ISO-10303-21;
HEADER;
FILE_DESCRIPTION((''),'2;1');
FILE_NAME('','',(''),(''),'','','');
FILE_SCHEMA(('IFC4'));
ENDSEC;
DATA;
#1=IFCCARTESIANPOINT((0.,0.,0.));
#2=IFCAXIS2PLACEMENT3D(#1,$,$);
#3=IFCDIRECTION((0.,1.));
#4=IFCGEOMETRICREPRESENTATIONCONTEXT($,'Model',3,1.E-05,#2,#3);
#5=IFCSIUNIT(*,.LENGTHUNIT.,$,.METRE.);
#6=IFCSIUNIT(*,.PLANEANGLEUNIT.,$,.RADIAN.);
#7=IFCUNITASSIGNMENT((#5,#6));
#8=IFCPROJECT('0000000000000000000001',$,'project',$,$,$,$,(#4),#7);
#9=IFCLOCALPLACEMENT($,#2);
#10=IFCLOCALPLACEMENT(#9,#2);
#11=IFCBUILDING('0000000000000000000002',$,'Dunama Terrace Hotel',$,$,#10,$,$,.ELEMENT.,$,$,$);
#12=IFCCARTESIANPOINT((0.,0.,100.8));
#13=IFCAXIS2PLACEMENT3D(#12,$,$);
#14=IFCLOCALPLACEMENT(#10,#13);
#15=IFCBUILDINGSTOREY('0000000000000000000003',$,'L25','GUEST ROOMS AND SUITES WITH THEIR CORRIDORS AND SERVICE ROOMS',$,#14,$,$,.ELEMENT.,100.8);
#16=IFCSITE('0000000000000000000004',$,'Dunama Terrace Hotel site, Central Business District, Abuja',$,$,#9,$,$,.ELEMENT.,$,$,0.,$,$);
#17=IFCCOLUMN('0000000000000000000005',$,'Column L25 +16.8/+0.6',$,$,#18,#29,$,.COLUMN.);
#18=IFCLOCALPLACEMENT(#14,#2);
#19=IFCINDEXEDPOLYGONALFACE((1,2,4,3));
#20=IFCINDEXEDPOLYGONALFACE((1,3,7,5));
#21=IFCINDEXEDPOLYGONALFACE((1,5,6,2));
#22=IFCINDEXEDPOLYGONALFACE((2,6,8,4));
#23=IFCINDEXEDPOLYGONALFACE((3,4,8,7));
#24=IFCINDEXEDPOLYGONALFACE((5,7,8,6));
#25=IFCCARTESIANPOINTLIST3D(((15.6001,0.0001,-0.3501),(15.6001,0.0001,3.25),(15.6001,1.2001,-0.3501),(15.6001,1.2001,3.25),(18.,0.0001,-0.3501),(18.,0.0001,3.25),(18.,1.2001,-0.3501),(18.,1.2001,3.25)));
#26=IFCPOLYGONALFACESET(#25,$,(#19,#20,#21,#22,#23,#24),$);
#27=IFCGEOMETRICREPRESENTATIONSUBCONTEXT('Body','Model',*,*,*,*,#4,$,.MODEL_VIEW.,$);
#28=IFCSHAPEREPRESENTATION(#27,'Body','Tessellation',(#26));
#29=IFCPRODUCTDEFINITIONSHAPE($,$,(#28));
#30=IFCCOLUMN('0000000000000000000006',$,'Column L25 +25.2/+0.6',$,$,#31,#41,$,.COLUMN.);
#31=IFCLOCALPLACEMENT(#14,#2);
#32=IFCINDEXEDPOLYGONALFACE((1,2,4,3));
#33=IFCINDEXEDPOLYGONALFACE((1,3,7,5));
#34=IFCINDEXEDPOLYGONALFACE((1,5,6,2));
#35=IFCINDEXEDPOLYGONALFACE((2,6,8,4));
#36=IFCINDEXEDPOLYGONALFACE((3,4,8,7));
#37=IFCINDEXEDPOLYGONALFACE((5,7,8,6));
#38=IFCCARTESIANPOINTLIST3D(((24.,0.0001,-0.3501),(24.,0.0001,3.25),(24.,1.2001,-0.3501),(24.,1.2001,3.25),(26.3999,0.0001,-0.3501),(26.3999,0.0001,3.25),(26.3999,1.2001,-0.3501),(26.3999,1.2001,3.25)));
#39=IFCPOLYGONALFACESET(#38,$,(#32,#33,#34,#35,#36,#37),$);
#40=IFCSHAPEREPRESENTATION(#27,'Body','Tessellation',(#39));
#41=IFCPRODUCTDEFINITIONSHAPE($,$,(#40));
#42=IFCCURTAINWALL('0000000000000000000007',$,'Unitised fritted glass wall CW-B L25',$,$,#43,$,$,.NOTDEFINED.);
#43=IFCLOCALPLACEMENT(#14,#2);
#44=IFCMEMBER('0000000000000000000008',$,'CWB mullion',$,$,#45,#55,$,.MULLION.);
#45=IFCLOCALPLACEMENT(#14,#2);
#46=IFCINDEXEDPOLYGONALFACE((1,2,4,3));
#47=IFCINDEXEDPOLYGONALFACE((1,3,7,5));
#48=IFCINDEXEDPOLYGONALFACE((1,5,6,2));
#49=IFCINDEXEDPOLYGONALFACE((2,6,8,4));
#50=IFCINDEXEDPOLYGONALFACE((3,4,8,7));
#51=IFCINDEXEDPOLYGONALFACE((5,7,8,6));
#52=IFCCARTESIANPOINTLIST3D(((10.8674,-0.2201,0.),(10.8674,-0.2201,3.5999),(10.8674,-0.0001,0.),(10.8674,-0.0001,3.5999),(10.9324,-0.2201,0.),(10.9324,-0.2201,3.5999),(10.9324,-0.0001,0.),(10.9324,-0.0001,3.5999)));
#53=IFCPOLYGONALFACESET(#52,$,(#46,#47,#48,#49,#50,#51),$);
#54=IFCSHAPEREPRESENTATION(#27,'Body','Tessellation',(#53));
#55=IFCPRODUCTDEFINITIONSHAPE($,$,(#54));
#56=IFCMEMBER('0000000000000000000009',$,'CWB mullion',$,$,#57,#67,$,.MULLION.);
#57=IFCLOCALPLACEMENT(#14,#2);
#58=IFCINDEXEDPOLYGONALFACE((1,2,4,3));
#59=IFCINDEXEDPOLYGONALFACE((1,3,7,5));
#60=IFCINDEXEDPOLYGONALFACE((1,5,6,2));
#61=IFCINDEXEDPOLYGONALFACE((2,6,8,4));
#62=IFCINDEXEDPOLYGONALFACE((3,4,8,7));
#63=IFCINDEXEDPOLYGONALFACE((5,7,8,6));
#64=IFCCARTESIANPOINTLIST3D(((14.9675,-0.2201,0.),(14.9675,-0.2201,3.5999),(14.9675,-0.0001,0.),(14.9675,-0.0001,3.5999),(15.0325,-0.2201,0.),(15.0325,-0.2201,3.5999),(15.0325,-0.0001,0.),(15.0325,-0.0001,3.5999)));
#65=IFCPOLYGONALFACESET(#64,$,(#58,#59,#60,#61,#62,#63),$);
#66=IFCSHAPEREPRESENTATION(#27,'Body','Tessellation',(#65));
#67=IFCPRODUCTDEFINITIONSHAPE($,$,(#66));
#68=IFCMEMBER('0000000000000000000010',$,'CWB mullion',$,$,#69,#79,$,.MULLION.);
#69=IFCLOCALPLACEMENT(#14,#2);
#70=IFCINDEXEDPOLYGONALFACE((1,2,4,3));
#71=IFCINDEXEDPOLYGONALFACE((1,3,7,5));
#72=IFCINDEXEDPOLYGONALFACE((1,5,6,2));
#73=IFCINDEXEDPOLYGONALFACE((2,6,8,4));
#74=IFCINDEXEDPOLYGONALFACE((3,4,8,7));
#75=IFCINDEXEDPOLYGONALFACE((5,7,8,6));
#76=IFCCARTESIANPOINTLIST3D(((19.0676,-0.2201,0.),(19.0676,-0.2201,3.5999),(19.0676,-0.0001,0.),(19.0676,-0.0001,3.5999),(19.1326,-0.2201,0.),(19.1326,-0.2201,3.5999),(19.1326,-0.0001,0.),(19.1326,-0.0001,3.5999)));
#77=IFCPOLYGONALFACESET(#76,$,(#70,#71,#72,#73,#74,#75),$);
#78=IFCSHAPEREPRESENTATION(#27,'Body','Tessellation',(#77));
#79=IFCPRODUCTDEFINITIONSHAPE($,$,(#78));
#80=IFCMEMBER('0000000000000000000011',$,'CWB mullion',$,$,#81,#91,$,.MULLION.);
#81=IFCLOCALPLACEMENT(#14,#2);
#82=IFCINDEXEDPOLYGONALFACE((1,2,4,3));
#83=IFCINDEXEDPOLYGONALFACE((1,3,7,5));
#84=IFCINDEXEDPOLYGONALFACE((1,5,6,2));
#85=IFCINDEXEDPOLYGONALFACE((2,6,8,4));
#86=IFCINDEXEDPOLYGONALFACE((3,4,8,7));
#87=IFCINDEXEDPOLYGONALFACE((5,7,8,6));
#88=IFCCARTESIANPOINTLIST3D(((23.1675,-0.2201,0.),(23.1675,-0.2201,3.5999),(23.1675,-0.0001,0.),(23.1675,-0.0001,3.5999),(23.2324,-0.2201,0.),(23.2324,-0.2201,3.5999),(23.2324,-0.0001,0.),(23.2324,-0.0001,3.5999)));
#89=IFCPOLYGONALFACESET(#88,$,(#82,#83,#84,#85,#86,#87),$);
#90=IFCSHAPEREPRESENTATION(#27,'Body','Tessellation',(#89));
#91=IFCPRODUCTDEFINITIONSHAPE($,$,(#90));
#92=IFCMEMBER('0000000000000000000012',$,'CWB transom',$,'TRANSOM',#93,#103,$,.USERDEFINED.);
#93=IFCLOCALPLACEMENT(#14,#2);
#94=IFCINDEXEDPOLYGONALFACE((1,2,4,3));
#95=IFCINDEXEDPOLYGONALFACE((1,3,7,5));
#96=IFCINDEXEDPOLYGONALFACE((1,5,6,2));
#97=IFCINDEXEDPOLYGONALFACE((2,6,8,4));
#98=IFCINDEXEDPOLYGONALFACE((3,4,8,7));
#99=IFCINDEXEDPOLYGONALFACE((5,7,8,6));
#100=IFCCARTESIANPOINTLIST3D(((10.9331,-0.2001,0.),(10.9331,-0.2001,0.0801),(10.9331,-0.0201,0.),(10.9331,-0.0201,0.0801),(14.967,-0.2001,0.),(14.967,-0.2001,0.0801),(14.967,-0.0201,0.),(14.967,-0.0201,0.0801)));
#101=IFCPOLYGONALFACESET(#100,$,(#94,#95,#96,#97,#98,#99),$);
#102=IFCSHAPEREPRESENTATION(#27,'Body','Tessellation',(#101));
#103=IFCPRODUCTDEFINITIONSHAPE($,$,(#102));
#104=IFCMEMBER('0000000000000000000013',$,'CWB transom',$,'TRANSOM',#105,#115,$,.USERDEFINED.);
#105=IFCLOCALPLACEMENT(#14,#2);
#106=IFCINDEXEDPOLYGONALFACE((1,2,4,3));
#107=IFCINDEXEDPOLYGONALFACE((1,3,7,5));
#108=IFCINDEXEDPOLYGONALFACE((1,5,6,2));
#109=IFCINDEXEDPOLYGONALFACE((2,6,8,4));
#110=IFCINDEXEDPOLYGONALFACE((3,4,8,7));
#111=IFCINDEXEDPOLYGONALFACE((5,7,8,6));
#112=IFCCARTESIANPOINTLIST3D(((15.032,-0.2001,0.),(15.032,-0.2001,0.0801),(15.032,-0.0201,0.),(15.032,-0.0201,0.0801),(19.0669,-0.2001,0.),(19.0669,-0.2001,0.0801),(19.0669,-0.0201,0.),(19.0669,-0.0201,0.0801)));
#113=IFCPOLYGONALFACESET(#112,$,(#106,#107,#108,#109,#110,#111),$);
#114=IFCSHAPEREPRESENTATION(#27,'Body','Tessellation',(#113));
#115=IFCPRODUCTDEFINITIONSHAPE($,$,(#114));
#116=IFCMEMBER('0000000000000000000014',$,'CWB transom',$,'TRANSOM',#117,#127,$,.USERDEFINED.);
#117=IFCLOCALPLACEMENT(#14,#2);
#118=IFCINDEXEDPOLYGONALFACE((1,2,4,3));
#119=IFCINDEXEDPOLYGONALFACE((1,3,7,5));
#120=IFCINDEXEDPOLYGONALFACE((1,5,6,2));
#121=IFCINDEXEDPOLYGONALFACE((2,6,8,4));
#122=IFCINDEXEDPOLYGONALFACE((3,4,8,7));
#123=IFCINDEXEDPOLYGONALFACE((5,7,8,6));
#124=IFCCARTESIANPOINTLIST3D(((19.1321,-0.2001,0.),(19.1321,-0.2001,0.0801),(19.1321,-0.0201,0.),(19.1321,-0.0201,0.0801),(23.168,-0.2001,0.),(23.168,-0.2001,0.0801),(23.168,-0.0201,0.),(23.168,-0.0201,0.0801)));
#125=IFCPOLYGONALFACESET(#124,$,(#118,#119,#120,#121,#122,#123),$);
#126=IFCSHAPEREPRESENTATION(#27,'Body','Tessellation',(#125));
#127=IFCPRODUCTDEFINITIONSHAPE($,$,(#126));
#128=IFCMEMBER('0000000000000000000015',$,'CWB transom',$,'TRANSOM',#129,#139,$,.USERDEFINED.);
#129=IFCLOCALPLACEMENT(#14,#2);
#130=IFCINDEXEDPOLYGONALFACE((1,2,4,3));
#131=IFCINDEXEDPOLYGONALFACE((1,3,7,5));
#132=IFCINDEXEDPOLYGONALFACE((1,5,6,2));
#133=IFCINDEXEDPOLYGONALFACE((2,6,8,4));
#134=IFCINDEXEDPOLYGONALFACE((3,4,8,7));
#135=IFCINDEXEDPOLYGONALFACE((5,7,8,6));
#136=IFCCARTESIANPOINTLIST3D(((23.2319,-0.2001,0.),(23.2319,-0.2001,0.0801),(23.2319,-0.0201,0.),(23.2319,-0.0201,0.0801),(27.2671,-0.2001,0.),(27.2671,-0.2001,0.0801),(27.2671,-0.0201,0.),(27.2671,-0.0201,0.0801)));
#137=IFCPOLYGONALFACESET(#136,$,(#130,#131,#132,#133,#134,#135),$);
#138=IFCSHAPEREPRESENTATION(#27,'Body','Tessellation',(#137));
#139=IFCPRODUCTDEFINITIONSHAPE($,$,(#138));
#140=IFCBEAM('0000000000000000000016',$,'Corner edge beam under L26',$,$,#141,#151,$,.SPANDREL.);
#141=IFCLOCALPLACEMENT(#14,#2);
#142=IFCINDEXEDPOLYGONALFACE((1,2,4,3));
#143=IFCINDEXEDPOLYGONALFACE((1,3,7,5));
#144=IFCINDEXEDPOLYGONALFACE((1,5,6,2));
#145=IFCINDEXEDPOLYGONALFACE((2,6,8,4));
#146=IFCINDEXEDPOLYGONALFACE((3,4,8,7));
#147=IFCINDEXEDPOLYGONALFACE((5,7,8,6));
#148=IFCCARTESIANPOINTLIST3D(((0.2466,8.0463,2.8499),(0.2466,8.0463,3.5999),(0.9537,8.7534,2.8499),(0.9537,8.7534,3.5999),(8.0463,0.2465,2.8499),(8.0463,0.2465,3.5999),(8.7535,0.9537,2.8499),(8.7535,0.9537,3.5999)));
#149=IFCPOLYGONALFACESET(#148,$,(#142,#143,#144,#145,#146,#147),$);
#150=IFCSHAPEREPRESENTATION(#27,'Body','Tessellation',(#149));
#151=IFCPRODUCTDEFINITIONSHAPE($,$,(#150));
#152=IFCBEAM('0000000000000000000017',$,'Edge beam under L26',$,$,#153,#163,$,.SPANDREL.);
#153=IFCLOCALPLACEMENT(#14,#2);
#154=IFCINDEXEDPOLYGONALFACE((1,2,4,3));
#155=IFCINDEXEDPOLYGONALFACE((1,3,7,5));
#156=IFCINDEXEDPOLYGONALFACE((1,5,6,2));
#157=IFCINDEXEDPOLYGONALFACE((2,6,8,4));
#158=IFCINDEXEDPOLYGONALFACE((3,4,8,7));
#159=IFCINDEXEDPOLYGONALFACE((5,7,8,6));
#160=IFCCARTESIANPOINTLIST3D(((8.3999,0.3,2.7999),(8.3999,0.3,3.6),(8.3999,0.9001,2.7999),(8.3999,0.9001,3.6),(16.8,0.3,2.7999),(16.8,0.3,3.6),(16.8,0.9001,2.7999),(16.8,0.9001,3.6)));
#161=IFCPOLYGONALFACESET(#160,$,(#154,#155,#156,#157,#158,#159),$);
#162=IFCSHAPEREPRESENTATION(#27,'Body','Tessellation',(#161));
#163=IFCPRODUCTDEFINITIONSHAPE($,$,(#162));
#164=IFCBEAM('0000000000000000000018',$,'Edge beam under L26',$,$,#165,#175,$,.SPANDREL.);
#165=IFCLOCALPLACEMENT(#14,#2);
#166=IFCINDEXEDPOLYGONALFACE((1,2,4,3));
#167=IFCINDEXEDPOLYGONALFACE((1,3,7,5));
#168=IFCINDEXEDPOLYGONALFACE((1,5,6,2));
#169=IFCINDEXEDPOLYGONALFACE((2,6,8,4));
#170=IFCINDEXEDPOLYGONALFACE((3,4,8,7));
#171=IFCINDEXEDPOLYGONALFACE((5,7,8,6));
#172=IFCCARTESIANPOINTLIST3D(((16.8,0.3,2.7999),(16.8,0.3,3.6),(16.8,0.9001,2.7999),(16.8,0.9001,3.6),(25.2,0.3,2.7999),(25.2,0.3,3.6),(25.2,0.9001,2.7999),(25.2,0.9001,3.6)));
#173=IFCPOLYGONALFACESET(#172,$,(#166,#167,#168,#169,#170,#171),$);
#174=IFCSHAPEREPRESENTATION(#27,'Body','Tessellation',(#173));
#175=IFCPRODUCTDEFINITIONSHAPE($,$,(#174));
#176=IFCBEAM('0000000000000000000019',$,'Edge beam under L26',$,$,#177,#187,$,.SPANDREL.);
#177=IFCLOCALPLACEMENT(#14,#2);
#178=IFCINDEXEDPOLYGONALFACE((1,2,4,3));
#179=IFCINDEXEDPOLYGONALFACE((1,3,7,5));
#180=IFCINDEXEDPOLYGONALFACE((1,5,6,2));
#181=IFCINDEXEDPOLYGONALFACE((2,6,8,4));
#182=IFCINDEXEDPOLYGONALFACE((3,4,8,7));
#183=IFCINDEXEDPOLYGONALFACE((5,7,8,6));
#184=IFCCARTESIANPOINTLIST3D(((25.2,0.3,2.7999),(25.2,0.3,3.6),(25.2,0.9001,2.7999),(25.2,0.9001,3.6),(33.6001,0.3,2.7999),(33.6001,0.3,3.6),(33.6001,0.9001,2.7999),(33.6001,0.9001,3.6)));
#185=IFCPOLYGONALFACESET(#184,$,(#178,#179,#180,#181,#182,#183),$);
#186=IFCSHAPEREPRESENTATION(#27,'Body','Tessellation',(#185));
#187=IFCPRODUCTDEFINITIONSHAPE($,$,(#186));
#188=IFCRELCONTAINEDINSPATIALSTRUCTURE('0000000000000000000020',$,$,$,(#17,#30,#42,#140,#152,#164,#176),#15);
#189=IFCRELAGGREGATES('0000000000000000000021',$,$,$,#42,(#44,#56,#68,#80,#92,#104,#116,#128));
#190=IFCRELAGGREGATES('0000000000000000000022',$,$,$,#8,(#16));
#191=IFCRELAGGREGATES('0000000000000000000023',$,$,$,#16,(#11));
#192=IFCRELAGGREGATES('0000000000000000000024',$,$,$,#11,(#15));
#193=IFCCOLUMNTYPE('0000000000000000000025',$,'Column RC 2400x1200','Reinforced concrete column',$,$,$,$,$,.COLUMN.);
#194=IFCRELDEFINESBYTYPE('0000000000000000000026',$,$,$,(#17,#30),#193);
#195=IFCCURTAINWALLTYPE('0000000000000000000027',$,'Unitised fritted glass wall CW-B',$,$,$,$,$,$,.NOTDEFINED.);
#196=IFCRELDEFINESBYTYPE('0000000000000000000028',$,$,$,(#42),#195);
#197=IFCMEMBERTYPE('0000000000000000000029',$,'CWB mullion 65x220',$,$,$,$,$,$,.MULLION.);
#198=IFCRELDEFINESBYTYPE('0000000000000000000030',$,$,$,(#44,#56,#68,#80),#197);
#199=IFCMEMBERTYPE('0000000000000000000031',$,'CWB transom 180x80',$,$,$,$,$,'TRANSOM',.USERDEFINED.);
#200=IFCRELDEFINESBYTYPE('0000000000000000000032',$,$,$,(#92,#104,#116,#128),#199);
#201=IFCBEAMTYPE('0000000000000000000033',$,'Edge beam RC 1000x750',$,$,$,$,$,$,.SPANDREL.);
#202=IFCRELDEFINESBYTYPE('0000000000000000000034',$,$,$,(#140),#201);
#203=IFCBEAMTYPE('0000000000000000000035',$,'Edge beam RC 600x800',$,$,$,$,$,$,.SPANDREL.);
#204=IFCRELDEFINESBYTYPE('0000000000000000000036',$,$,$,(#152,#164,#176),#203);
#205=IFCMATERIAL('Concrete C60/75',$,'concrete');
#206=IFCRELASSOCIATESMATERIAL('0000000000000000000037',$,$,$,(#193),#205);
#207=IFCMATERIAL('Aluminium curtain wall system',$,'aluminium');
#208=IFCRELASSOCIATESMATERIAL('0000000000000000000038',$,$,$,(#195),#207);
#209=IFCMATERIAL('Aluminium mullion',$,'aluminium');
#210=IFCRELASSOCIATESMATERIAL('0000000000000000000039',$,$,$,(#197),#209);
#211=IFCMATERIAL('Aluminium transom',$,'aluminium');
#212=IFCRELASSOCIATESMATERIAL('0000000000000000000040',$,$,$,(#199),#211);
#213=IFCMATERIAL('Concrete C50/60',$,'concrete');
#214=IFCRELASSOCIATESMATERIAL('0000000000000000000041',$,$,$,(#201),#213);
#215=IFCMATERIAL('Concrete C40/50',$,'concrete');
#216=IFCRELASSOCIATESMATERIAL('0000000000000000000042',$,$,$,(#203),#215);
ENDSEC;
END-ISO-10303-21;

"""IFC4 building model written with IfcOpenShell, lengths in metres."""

from ifc_helpers import new_model, si_unit, direction, frame, origin, origin_2d, place, context, subcontext, project, spatial, rectangle, extrude, material, material_profile, profile_set, type_object, element, aggregate, save


model = new_model("IFC4")

# Units and contexts
model_context = context("Model", 3, precision=1e-05, world=origin(), true_north=direction((0.0, 1.0)))
body_context = subcontext(model_context, "Body", "Model", "MODEL_VIEW")
ifc_project = project(units=[si_unit("LENGTHUNIT", "METRE"), si_unit("PLANEANGLEUNIT", "RADIAN")], contexts=[model_context])

# Site, building, storey
site_placement = place(None, origin())
site = spatial("IfcSite", under=ifc_project, at=site_placement, Name="Dunama Terrace Hotel site, Central Business District, Abuja", CompositionType="ELEMENT", RefElevation=0.0)
building_placement = place(site_placement, origin())
building = spatial("IfcBuilding", under=site, at=building_placement, Name="Dunama Terrace Hotel", CompositionType="ELEMENT")
storey_placement = place(building_placement, frame((0.0, 0.0, 100.8)))
storey = spatial("IfcBuildingStorey", under=building, at=storey_placement, Name="L25", Description="GUEST ROOMS AND SUITES WITH THEIR CORRIDORS AND SERVICE ROOMS", CompositionType="ELEMENT", Elevation=100.8)

# Columns
ifc_material_1 = material(Name="Concrete C60/75", Category="concrete")
ifc_material_profile_1 = material_profile(ifc_material_1, rectangle(XDim=2.3999, YDim=1.2, at=origin_2d()), Name="RC 2400x1200")
ifc_profile_set_1 = profile_set([ifc_material_profile_1], Name="Concrete C60/75")
column_type = type_object("IfcColumnType", Name="Column RC 2400x1200", Description="Reinforced concrete column", PredefinedType="COLUMN", material=ifc_profile_set_1)
for number, where, z_axis, x_axis, name in (
    (1, (16.8, 0.6001, -0.3501), (0.0, 0.0, 1.0), (1.0, 0.0, 0.0), "Column L25 +16.8/+0.6"),
    (2, (25.2, 0.6001, -0.3501), (0.0, 0.0, 1.0), (1.0, 0.0, 0.0), "Column L25 +25.2/+0.6"),
):
    element("IfcColumn", number, at=place(storey_placement, frame(where, z_axis=z_axis, x_axis=x_axis)), inside=storey, type_object=column_type, Name=name, PredefinedType="COLUMN", context=body_context, shape_type="SweptSolid", body=[
        extrude(rectangle(XDim=2.3999, YDim=1.2, at=origin_2d()), origin(), (0.0, 0.0, 1.0), 3.6001),
    ])

# Curtain wall, members
ifc_material_2 = material(Name="Aluminium curtain wall system", Category="aluminium")
curtain_wall_type = type_object("IfcCurtainWallType", Name="Unitised fritted glass wall CW-B", PredefinedType="NOTDEFINED", material=ifc_material_2)
curtain_wall_placement = place(storey_placement, origin())
curtain_wall = element("IfcCurtainWall", 3, at=curtain_wall_placement, inside=storey, type_object=curtain_wall_type, Name="Unitised fritted glass wall CW-B L25", PredefinedType="NOTDEFINED")
ifc_material_3 = material(Name="Aluminium mullion", Category="aluminium")
ifc_material_profile_2 = material_profile(ifc_material_3, rectangle(XDim=0.0649, YDim=0.22, at=origin_2d()), Name="CWB MULLION 65X220")
ifc_profile_set_2 = profile_set([ifc_material_profile_2], Name="Aluminium mullion")
member_type_1 = type_object("IfcMemberType", Name="CWB mullion 65x220", PredefinedType="MULLION", material=ifc_profile_set_2)
member_1_placement = place(storey_placement, frame((10.8999, -0.1101, 0.0), z_axis=(0.0, 0.0, 1.0), x_axis=(1.0, 0.0, 0.0)))
member_1 = element("IfcMember", 4, at=member_1_placement, type_object=member_type_1, Name="CWB mullion", PredefinedType="MULLION", context=body_context, shape_type="SweptSolid", body=[
    extrude(rectangle(XDim=0.0649, YDim=0.22, at=origin_2d()), origin(), (0.0, 0.0, 1.0), 3.5999),
])
member_2_placement = place(storey_placement, frame((15.0, -0.1101, 0.0), z_axis=(0.0, 0.0, 1.0), x_axis=(1.0, 0.0, 0.0)))
member_2 = element("IfcMember", 5, at=member_2_placement, type_object=member_type_1, Name="CWB mullion", PredefinedType="MULLION", context=body_context, shape_type="SweptSolid", body=[
    extrude(rectangle(XDim=0.0649, YDim=0.22, at=origin_2d()), origin(), (0.0, 0.0, 1.0), 3.5999),
])
member_3_placement = place(storey_placement, frame((19.1001, -0.1101, 0.0), z_axis=(0.0, 0.0, 1.0), x_axis=(1.0, 0.0, 0.0)))
member_3 = element("IfcMember", 6, at=member_3_placement, type_object=member_type_1, Name="CWB mullion", PredefinedType="MULLION", context=body_context, shape_type="SweptSolid", body=[
    extrude(rectangle(XDim=0.0649, YDim=0.22, at=origin_2d()), origin(), (0.0, 0.0, 1.0), 3.5999),
])
member_4_placement = place(storey_placement, frame((23.2, -0.1101, 0.0), z_axis=(0.0, 0.0, 1.0), x_axis=(1.0, 0.0, 0.0)))
member_4 = element("IfcMember", 7, at=member_4_placement, type_object=member_type_1, Name="CWB mullion", PredefinedType="MULLION", context=body_context, shape_type="SweptSolid", body=[
    extrude(rectangle(XDim=0.0649, YDim=0.22, at=origin_2d()), origin(), (0.0, 0.0, 1.0), 3.5999),
])
ifc_material_4 = material(Name="Aluminium transom", Category="aluminium")
ifc_material_profile_3 = material_profile(ifc_material_4, rectangle(XDim=0.1799, YDim=0.0801, at=origin_2d()), Name="CWB TRANSOM 180X80")
ifc_profile_set_3 = profile_set([ifc_material_profile_3], Name="Aluminium transom")
member_type_2 = type_object("IfcMemberType", Name="CWB transom 180x80", ElementType="TRANSOM", PredefinedType="USERDEFINED", material=ifc_profile_set_3)
member_5_placement = place(storey_placement, frame((10.9331, -0.1101, 0.04), z_axis=(1.0, 0.0, 0.0), x_axis=(0.0, 1.0, 0.0)))
member_5 = element("IfcMember", 8, at=member_5_placement, type_object=member_type_2, Name="CWB transom", ObjectType="TRANSOM", PredefinedType="USERDEFINED", context=body_context, shape_type="SweptSolid", body=[
    extrude(rectangle(XDim=0.1799, YDim=0.0801, at=origin_2d()), origin(), (0.0, 0.0, 1.0), 4.0339),
])
member_6_placement = place(storey_placement, frame((15.032, -0.1101, 0.04), z_axis=(1.0, 0.0, 0.0), x_axis=(0.0, 1.0, 0.0)))
member_6 = element("IfcMember", 9, at=member_6_placement, type_object=member_type_2, Name="CWB transom", ObjectType="TRANSOM", PredefinedType="USERDEFINED", context=body_context, shape_type="SweptSolid", body=[
    extrude(rectangle(XDim=0.1799, YDim=0.0801, at=origin_2d()), origin(), (0.0, 0.0, 1.0), 4.0349),
])
member_7_placement = place(storey_placement, frame((19.1321, -0.1101, 0.04), z_axis=(1.0, 0.0, 0.0), x_axis=(0.0, 1.0, 0.0)))
member_7 = element("IfcMember", 10, at=member_7_placement, type_object=member_type_2, Name="CWB transom", ObjectType="TRANSOM", PredefinedType="USERDEFINED", context=body_context, shape_type="SweptSolid", body=[
    extrude(rectangle(XDim=0.1799, YDim=0.0801, at=origin_2d()), origin(), (0.0, 0.0, 1.0), 4.0359),
])
member_8_placement = place(storey_placement, frame((23.2319, -0.1101, 0.04), z_axis=(1.0, 0.0, 0.0), x_axis=(0.0, 1.0, 0.0)))
member_8 = element("IfcMember", 11, at=member_8_placement, type_object=member_type_2, Name="CWB transom", ObjectType="TRANSOM", PredefinedType="USERDEFINED", context=body_context, shape_type="SweptSolid", body=[
    extrude(rectangle(XDim=0.1799, YDim=0.0801, at=origin_2d()), origin(), (0.0, 0.0, 1.0), 4.0352),
])

# Beams
ifc_material_5 = material(Name="Concrete C50/60", Category="concrete")
ifc_material_profile_4 = material_profile(ifc_material_5, rectangle(XDim=1.0, YDim=0.75, at=origin_2d()), Name="RC 1000x750")
ifc_profile_set_4 = profile_set([ifc_material_profile_4], Name="Concrete C50/60")
beam_type_1 = type_object("IfcBeamType", Name="Edge beam RC 1000x750", PredefinedType="SPANDREL", material=ifc_profile_set_4)
beam_1_placement = place(storey_placement, frame((8.3999, 0.6001, 3.2249), z_axis=(-0.707107, 0.707107, 0.0), x_axis=(-0.707107, -0.707107, 0.0)))
element("IfcBeam", 12, at=beam_1_placement, inside=storey, type_object=beam_type_1, Name="Corner edge beam under L26", PredefinedType="SPANDREL", context=body_context, shape_type="SweptSolid", body=[
    extrude(rectangle(XDim=1.0, YDim=0.75, at=origin_2d()), origin(), (0.0, 0.0, 1.0), 11.0305),
])
ifc_material_6 = material(Name="Concrete C40/50", Category="concrete")
ifc_material_profile_5 = material_profile(ifc_material_6, rectangle(XDim=0.6001, YDim=0.8, at=origin_2d()), Name="RC 600x800")
ifc_profile_set_5 = profile_set([ifc_material_profile_5], Name="Concrete C40/50")
beam_type_2 = type_object("IfcBeamType", Name="Edge beam RC 600x800", PredefinedType="SPANDREL", material=ifc_profile_set_5)
beam_2_placement = place(storey_placement, frame((8.3999, 0.6001, 3.2), z_axis=(1.0, 0.0, 0.0), x_axis=(0.0, 1.0, 0.0)))
element("IfcBeam", 13, at=beam_2_placement, inside=storey, type_object=beam_type_2, Name="Edge beam under L26", PredefinedType="SPANDREL", context=body_context, shape_type="SweptSolid", body=[
    extrude(rectangle(XDim=0.6001, YDim=0.8, at=origin_2d()), origin(), (0.0, 0.0, 1.0), 8.4001),
])
beam_3_placement = place(storey_placement, frame((16.8, 0.6001, 3.2), z_axis=(1.0, 0.0, 0.0), x_axis=(0.0, 1.0, 0.0)))
element("IfcBeam", 14, at=beam_3_placement, inside=storey, type_object=beam_type_2, Name="Edge beam under L26", PredefinedType="SPANDREL", context=body_context, shape_type="SweptSolid", body=[
    extrude(rectangle(XDim=0.6001, YDim=0.8, at=origin_2d()), origin(), (0.0, 0.0, 1.0), 8.3999),
])
beam_4_placement = place(storey_placement, frame((25.2, 0.6001, 3.2), z_axis=(1.0, 0.0, 0.0), x_axis=(0.0, 1.0, 0.0)))
element("IfcBeam", 15, at=beam_4_placement, inside=storey, type_object=beam_type_2, Name="Edge beam under L26", PredefinedType="SPANDREL", context=body_context, shape_type="SweptSolid", body=[
    extrude(rectangle(XDim=0.6001, YDim=0.8, at=origin_2d()), origin(), (0.0, 0.0, 1.0), 8.4001),
])

aggregate(curtain_wall, [member_1, member_2, member_3, member_4, member_5, member_6, member_7, member_8])

save(model, "model.ifc")
